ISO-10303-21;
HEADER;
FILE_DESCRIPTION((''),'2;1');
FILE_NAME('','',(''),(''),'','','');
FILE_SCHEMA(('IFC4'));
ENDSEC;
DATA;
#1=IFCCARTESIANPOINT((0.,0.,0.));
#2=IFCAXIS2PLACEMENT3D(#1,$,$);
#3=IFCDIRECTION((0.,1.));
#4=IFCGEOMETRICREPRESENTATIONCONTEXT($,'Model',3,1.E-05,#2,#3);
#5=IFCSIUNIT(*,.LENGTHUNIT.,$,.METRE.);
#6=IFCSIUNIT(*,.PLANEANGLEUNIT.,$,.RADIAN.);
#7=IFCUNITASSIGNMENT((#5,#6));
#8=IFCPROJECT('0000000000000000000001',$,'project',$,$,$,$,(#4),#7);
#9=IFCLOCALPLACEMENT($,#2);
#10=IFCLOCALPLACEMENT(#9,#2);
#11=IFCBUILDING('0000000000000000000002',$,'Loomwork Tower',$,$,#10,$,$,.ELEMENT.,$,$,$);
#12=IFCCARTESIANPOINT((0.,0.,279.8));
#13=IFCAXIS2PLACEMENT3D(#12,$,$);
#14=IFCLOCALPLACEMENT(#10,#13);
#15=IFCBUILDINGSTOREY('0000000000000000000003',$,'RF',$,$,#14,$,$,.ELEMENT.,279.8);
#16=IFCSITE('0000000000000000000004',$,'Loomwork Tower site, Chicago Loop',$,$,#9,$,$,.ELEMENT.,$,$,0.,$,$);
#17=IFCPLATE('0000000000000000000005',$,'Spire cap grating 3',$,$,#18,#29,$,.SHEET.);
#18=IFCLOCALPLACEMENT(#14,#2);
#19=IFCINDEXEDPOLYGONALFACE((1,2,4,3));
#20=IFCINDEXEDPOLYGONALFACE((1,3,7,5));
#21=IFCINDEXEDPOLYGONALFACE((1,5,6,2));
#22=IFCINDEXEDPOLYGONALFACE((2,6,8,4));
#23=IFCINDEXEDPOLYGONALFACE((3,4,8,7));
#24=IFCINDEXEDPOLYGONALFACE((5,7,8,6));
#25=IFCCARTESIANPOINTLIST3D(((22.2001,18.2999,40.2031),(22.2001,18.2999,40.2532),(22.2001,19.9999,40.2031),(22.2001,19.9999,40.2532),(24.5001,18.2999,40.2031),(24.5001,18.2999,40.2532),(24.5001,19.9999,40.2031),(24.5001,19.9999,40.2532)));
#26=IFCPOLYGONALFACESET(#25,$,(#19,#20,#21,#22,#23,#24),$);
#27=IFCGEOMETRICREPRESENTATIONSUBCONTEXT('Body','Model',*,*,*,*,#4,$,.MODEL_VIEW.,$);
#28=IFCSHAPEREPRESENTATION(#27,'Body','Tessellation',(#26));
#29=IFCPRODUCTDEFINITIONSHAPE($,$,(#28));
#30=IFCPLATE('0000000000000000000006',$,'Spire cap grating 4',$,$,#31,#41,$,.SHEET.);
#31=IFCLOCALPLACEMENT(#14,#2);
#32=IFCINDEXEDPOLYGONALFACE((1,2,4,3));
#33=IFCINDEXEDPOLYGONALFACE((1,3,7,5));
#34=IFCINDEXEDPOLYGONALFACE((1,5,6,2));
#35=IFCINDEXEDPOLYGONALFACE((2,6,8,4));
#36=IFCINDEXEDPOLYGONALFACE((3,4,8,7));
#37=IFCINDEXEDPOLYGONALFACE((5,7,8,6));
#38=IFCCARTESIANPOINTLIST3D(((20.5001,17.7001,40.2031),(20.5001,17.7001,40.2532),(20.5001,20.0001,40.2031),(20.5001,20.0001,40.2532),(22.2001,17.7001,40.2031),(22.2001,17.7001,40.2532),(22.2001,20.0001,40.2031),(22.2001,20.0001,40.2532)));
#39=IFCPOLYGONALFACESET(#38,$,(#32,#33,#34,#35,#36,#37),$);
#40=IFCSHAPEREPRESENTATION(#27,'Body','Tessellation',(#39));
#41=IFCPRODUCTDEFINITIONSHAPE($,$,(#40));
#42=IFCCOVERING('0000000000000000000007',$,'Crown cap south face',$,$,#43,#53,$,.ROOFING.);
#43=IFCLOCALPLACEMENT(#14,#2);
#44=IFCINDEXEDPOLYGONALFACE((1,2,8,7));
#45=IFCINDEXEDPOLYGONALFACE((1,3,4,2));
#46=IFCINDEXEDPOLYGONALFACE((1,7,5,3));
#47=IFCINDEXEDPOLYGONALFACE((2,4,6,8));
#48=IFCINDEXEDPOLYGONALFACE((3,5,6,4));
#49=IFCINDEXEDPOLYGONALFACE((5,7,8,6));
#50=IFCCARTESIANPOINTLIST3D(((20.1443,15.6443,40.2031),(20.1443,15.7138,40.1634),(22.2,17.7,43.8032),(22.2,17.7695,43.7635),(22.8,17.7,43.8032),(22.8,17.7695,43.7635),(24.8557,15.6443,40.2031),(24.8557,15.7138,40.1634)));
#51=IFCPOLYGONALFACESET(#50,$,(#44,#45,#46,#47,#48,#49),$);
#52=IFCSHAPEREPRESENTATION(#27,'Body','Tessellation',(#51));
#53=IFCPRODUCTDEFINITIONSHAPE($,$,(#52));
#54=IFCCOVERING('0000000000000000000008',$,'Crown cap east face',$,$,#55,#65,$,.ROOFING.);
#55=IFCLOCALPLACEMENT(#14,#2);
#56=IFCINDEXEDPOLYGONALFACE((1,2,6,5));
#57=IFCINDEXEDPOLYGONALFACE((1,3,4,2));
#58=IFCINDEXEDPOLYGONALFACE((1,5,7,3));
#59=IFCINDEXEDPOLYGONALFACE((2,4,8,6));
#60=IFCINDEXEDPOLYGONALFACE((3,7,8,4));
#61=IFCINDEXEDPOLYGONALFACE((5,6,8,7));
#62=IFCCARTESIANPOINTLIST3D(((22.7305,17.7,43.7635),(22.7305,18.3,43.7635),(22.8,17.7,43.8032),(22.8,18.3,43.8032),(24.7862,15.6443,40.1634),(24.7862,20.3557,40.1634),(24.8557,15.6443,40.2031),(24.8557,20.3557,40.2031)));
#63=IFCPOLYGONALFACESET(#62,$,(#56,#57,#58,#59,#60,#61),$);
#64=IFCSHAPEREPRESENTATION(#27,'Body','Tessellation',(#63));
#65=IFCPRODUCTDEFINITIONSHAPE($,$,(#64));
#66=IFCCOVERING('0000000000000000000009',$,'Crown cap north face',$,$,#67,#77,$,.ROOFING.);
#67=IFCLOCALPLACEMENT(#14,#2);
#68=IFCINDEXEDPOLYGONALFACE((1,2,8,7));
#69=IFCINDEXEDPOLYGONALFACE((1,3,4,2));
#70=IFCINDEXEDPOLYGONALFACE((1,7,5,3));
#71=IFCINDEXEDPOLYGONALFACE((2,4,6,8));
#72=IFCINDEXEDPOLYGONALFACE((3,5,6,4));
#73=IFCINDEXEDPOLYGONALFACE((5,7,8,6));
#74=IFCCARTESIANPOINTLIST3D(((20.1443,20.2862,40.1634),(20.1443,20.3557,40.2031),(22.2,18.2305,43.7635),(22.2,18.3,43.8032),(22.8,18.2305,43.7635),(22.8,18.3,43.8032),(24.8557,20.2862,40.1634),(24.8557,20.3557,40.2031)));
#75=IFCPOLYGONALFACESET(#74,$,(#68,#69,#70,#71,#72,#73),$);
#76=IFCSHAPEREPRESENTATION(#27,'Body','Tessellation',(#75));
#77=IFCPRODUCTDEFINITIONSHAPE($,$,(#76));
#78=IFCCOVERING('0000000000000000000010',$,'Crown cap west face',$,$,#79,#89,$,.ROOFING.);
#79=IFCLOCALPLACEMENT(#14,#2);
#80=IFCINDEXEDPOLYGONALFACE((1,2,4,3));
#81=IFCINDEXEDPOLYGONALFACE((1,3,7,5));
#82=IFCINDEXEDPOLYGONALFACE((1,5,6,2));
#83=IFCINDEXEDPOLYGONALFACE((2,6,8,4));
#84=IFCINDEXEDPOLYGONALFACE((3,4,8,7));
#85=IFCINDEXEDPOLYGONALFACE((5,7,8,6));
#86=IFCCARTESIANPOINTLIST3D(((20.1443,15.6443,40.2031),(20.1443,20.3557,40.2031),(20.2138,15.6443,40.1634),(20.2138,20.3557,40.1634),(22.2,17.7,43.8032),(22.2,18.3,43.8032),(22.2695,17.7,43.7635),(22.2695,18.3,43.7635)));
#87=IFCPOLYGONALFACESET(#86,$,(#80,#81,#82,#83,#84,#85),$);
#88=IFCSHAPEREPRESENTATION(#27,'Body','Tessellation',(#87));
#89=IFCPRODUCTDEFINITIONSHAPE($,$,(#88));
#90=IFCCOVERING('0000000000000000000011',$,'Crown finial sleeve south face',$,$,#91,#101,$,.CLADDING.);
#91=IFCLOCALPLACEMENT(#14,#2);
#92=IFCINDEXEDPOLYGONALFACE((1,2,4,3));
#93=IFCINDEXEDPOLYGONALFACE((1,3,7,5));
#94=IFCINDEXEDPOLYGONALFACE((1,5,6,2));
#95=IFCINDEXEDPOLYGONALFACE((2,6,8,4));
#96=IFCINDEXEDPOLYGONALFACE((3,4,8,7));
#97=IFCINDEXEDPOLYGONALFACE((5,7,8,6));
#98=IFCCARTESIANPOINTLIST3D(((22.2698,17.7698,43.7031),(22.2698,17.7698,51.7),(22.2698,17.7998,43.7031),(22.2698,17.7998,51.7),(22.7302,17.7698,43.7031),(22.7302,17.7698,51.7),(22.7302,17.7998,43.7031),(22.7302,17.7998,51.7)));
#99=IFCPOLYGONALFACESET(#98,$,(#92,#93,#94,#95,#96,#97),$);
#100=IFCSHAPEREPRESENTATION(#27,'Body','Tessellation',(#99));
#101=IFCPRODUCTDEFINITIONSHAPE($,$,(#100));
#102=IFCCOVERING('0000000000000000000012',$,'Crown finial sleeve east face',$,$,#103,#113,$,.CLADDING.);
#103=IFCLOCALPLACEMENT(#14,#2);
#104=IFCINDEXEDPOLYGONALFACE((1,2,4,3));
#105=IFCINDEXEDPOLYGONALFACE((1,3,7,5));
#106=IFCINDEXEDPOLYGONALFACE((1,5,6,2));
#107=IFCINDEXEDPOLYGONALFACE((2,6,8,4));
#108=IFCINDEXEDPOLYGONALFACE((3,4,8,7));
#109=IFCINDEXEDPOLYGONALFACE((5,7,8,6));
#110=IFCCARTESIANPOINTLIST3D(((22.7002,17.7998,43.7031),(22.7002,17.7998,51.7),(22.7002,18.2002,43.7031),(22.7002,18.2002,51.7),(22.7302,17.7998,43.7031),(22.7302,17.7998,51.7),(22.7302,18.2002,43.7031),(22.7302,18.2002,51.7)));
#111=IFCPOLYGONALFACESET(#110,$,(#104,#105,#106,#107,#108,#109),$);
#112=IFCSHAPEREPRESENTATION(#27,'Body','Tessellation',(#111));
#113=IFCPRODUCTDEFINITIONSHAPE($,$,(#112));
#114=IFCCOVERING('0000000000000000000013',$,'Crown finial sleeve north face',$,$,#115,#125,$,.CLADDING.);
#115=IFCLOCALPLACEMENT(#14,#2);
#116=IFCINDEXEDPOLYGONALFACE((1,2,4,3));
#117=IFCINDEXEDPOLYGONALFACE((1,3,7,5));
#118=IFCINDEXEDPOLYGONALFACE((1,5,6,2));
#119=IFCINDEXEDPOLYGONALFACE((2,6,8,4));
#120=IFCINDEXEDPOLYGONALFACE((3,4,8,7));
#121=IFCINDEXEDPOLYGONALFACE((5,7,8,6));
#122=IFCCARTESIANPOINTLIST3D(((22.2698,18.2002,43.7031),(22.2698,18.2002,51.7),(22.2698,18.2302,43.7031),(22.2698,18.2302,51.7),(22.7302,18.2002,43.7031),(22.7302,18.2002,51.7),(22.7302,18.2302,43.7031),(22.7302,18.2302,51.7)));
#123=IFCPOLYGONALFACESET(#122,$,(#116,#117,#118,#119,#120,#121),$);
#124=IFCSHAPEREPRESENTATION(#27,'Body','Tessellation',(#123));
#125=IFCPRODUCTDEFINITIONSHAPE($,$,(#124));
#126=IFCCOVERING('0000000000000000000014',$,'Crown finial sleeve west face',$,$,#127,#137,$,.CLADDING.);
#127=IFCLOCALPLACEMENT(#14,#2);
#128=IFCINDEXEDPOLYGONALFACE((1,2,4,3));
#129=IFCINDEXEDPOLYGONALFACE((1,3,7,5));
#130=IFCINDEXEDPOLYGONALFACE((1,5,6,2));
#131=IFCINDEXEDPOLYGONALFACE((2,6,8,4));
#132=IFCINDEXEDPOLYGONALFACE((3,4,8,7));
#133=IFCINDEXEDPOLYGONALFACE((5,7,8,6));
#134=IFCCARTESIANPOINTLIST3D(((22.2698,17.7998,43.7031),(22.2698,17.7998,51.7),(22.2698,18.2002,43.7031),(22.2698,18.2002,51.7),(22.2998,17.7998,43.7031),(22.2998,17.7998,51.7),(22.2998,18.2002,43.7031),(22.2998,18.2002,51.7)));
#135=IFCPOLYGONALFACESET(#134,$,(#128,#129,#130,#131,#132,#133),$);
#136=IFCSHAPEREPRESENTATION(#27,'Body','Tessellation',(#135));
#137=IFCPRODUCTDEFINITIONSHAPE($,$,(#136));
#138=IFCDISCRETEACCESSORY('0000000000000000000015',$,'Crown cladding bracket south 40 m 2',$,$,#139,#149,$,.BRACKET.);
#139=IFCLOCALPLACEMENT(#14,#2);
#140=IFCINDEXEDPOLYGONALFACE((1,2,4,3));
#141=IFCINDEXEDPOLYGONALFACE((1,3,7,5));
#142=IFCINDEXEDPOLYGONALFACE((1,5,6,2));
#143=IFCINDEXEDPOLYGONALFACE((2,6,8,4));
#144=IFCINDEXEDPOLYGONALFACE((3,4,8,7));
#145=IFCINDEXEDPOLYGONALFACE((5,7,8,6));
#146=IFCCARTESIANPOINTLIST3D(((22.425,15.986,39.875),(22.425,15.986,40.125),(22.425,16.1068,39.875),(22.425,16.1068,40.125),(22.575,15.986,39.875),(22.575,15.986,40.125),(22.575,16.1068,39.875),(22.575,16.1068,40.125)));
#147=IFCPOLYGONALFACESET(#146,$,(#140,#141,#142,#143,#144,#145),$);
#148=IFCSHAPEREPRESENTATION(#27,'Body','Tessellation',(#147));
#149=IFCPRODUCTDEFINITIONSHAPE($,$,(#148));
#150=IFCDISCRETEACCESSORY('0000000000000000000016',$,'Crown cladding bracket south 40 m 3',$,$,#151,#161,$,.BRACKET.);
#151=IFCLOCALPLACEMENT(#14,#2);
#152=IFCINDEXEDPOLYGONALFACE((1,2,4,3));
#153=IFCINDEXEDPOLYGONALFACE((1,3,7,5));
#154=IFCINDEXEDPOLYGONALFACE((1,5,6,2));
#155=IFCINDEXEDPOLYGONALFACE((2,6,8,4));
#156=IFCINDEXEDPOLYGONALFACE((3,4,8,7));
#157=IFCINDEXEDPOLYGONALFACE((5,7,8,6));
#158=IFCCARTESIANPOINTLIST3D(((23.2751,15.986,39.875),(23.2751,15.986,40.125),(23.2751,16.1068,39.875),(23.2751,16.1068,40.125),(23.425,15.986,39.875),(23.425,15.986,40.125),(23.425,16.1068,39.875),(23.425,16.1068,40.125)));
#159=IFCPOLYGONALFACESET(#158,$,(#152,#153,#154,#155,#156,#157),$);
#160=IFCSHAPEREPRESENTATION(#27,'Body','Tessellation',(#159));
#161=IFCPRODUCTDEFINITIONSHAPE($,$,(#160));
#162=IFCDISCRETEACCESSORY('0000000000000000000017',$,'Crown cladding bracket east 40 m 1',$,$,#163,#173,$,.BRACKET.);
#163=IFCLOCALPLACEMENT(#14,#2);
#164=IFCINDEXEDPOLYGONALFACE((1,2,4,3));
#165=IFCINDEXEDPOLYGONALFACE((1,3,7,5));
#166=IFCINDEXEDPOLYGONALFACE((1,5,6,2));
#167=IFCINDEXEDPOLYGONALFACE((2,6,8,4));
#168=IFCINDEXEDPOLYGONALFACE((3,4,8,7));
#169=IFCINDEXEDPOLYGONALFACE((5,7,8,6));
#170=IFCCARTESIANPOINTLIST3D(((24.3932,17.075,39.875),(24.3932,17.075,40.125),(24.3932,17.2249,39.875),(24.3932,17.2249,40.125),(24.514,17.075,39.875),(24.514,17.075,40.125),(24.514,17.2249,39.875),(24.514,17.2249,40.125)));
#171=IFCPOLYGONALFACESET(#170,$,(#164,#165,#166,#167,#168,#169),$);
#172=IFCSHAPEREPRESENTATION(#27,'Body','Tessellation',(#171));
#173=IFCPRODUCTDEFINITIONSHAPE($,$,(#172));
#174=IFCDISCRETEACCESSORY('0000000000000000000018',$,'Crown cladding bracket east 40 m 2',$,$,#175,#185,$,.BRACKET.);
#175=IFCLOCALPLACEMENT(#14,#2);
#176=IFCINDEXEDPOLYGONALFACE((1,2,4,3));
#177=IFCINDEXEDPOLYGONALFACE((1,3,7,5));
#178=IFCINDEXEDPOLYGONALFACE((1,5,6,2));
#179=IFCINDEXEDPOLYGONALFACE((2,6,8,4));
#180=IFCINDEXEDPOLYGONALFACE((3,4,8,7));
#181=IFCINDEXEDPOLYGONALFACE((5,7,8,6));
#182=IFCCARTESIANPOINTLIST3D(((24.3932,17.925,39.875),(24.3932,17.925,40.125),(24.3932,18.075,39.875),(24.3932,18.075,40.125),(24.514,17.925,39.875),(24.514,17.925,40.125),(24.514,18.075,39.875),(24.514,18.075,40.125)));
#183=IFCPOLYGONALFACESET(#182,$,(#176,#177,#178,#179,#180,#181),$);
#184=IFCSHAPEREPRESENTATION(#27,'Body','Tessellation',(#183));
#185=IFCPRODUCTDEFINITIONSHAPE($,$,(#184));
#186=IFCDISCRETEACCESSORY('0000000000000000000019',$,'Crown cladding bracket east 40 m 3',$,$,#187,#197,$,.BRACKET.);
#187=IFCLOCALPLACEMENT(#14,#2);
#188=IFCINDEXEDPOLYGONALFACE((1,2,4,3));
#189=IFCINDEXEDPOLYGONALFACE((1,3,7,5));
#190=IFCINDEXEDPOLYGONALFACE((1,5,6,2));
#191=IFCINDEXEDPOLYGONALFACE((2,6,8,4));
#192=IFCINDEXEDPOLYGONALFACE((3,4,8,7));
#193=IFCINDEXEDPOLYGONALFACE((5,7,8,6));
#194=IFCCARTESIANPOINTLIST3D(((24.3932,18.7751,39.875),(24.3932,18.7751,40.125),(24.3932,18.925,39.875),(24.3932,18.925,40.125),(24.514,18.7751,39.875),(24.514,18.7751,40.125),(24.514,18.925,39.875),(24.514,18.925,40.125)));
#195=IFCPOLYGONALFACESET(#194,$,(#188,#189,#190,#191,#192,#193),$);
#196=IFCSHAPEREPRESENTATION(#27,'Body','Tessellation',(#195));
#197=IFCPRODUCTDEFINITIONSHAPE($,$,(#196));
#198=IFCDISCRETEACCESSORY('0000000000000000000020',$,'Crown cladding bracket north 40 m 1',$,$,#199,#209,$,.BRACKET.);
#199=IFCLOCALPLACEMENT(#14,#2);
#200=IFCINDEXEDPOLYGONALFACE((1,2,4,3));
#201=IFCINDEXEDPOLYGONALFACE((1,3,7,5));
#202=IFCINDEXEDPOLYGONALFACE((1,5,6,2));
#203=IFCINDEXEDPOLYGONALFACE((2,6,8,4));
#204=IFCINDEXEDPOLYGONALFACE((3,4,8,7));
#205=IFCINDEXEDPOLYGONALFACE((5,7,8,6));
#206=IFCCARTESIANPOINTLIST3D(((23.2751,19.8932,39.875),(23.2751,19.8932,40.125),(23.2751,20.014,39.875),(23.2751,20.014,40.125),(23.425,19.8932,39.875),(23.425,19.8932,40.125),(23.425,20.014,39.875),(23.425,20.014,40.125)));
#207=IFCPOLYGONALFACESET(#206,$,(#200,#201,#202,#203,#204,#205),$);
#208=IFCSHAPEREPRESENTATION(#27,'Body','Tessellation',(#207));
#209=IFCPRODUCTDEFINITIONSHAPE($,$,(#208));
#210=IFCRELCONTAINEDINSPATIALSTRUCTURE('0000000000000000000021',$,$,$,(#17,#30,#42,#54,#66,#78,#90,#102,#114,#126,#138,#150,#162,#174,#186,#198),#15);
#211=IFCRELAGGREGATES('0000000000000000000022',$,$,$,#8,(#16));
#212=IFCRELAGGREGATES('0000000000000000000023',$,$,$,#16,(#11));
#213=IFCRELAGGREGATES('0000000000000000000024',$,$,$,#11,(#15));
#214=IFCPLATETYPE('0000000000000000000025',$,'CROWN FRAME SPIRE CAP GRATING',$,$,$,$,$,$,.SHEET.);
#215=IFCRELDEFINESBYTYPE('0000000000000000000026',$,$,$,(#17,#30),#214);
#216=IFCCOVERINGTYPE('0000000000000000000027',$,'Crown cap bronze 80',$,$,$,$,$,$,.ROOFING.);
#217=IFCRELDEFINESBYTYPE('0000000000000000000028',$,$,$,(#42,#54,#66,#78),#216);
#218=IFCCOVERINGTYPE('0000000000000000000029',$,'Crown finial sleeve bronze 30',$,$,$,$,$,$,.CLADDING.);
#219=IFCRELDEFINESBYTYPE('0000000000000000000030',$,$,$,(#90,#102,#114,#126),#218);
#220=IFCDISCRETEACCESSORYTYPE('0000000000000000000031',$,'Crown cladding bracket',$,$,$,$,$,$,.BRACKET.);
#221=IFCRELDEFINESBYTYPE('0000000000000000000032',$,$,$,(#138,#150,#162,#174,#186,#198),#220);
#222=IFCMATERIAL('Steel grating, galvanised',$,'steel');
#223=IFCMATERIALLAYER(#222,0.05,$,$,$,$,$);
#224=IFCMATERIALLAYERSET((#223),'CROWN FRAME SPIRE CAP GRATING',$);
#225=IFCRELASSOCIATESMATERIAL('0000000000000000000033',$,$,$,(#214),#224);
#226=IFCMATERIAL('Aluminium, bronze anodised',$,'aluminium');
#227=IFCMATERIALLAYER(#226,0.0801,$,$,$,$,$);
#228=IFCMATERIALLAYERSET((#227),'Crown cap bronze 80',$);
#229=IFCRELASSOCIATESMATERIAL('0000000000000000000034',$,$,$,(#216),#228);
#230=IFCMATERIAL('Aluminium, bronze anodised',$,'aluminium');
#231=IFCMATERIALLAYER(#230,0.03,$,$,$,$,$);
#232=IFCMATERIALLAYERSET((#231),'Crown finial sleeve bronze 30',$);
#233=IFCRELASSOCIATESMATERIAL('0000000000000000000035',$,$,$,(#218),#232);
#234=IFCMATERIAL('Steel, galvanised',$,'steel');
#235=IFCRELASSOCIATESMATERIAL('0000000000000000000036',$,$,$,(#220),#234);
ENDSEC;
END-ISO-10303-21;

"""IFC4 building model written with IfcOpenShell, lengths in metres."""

from ifc_helpers import new_model, si_unit, direction, frame, origin, origin_2d, place, context, subcontext, project, spatial, polyline, rectangle, outline, extrude, material, layer, layer_set, type_object, element, save


model = new_model("IFC4")

# Units and contexts
model_context = context("Model", 3, precision=1e-05, world=origin(), true_north=direction((0.0, 1.0)))
body_context = subcontext(model_context, "Body", "Model", "MODEL_VIEW")
ifc_project = project(units=[si_unit("LENGTHUNIT", "METRE"), si_unit("PLANEANGLEUNIT", "RADIAN")], contexts=[model_context])

# Site, building, storey
site_placement = place(None, origin())
site = spatial("IfcSite", under=ifc_project, at=site_placement, Name="Loomwork Tower site, Chicago Loop", CompositionType="ELEMENT", RefElevation=0.0)
building_placement = place(site_placement, origin())
building = spatial("IfcBuilding", under=site, at=building_placement, Name="Loomwork Tower", CompositionType="ELEMENT")
storey_placement = place(building_placement, frame((0.0, 0.0, 279.8)))
storey = spatial("IfcBuildingStorey", under=building, at=storey_placement, Name="RF", CompositionType="ELEMENT", Elevation=279.8)

# Plates
ifc_material_1 = material(Name="Steel grating, galvanised", Category="steel")
ifc_layer_1 = layer(ifc_material_1, 0.05)
ifc_layer_set_1 = layer_set([ifc_layer_1], Name="CROWN FRAME SPIRE CAP GRATING")
plate_type = type_object("IfcPlateType", Name="CROWN FRAME SPIRE CAP GRATING", PredefinedType="SHEET", material=ifc_layer_set_1)
plate_1_placement = place(storey_placement, frame((23.3501, 19.1499, 40.2031), z_axis=(0.0, 0.0, 1.0), x_axis=(1.0, 0.0, 0.0)))
element("IfcPlate", 1, at=plate_1_placement, inside=storey, type_object=plate_type, Name="Spire cap grating 3", PredefinedType="SHEET", context=body_context, shape_type="SweptSolid", body=[
    extrude(rectangle(XDim=2.3, YDim=1.7, at=origin_2d()), origin(), (0.0, 0.0, 1.0), 0.05),
])
plate_2_placement = place(storey_placement, frame((21.3501, 18.8501, 40.2031), z_axis=(0.0, 0.0, 1.0), x_axis=(1.0, 0.0, 0.0)))
element("IfcPlate", 2, at=plate_2_placement, inside=storey, type_object=plate_type, Name="Spire cap grating 4", PredefinedType="SHEET", context=body_context, shape_type="SweptSolid", body=[
    extrude(rectangle(XDim=1.7, YDim=2.3, at=origin_2d()), origin(), (0.0, 0.0, 1.0), 0.05),
])

# Coverings
ifc_material_2 = material(Name="Aluminium, bronze anodised", Category="aluminium")
ifc_layer_2 = layer(ifc_material_2, 0.0801)
ifc_layer_set_2 = layer_set([ifc_layer_2], Name="Crown cap bronze 80")
covering_type_1 = type_object("IfcCoveringType", Name="Crown cap bronze 80", PredefinedType="ROOFING", material=ifc_layer_set_2)
for number, where, z_axis, x_axis, name in (
    (3, (20.1443, 15.6443, 40.2031), (0.0, -0.868403, 0.49586), (1.0, 0.0, 0.0), "Crown cap south face"),
    (4, (24.8557, 15.6443, 40.2031), (0.868403, 0.0, 0.49586), (0.0, 1.0, 0.0), "Crown cap east face"),
    (5, (24.8557, 20.3557, 40.2031), (0.0, 0.868403, 0.49586), (-1.0, 0.0, 0.0), "Crown cap north face"),
    (6, (20.1443, 20.3557, 40.2031), (-0.868403, 0.0, 0.49586), (0.0, -1.0, 0.0), "Crown cap west face"),
):
    element("IfcCovering", number, at=place(storey_placement, frame(where, z_axis=z_axis, x_axis=x_axis)), inside=storey, type_object=covering_type_1, Name=name, PredefinedType="ROOFING", context=body_context, shape_type="SweptSolid", body=[
        extrude(outline(polyline([(0.0, 0.0), (4.7114, 0.0), (2.6558, 4.1457), (2.0557, 4.1457), (0.0, 0.0)])), origin(), (0.0, 0.0, -1.0), 0.0801),
    ])
ifc_material_3 = material(Name="Aluminium, bronze anodised", Category="aluminium")
ifc_layer_3 = layer(ifc_material_3, 0.03)
ifc_layer_set_3 = layer_set([ifc_layer_3], Name="Crown finial sleeve bronze 30")
covering_type_2 = type_object("IfcCoveringType", Name="Crown finial sleeve bronze 30", PredefinedType="CLADDING", material=ifc_layer_set_3)
covering_1_placement = place(storey_placement, frame((22.2698, 17.7698, 43.7031), z_axis=(0.0, -1.0, 0.0), x_axis=(1.0, 0.0, 0.0)))
element("IfcCovering", 7, at=covering_1_placement, inside=storey, type_object=covering_type_2, Name="Crown finial sleeve south face", PredefinedType="CLADDING", context=body_context, shape_type="SweptSolid", body=[
    extrude(outline(polyline([(0.0, 0.0), (0.4604, 0.0), (0.4604, 7.9968), (0.0, 7.9968), (0.0, 0.0)])), origin(), (0.0, 0.0, -1.0), 0.03),
])
covering_2_placement = place(storey_placement, frame((22.7302, 17.7998, 43.7031), z_axis=(1.0, 0.0, 0.0), x_axis=(0.0, 1.0, 0.0)))
element("IfcCovering", 8, at=covering_2_placement, inside=storey, type_object=covering_type_2, Name="Crown finial sleeve east face", PredefinedType="CLADDING", context=body_context, shape_type="SweptSolid", body=[
    extrude(outline(polyline([(0.0, 0.0), (0.4004, 0.0), (0.4004, 7.9968), (0.0, 7.9968), (0.0, 0.0)])), origin(), (0.0, 0.0, -1.0), 0.03),
])
covering_3_placement = place(storey_placement, frame((22.7302, 18.2302, 43.7031), z_axis=(0.0, 1.0, 0.0), x_axis=(-1.0, 0.0, 0.0)))
element("IfcCovering", 9, at=covering_3_placement, inside=storey, type_object=covering_type_2, Name="Crown finial sleeve north face", PredefinedType="CLADDING", context=body_context, shape_type="SweptSolid", body=[
    extrude(outline(polyline([(0.0, 0.0), (0.4604, 0.0), (0.4604, 7.9968), (0.0, 7.9968), (0.0, 0.0)])), origin(), (0.0, 0.0, -1.0), 0.03),
])
covering_4_placement = place(storey_placement, frame((22.2698, 18.2002, 43.7031), z_axis=(-1.0, 0.0, 0.0), x_axis=(0.0, -1.0, 0.0)))
element("IfcCovering", 10, at=covering_4_placement, inside=storey, type_object=covering_type_2, Name="Crown finial sleeve west face", PredefinedType="CLADDING", context=body_context, shape_type="SweptSolid", body=[
    extrude(outline(polyline([(0.0, 0.0), (0.4004, 0.0), (0.4004, 7.9968), (0.0, 7.9968), (0.0, 0.0)])), origin(), (0.0, 0.0, -1.0), 0.03),
])

# Discrete accessories
ifc_material_4 = material(Name="Steel, galvanised", Category="steel")
discrete_accessory_type_1 = type_object("IfcDiscreteAccessoryType", Name="Crown cladding bracket", PredefinedType="BRACKET", material=ifc_material_4)
for number, where, z_axis, x_axis, name in (
    (11, (22.5, 16.0464, 39.875), (0.0, 0.0, 1.0), (1.0, 0.0, 0.0), "Crown cladding bracket south 40 m 2"),
    (12, (23.3501, 16.0464, 39.875), (0.0, 0.0, 1.0), (1.0, 0.0, 0.0), "Crown cladding bracket south 40 m 3"),
):
    element("IfcDiscreteAccessory", number, at=place(storey_placement, frame(where, z_axis=z_axis, x_axis=x_axis)), inside=storey, type_object=discrete_accessory_type_1, Name=name, PredefinedType="BRACKET", context=body_context, shape_type="SweptSolid", body=[
        extrude(rectangle(XDim=0.1499, YDim=0.1208, at=origin_2d()), origin(), (0.0, 0.0, 1.0), 0.25),
    ])
for number, where, z_axis, x_axis, name in (
    (13, (24.4536, 17.1499, 39.875), (0.0, 0.0, 1.0), (1.0, 0.0, 0.0), "Crown cladding bracket east 40 m 1"),
    (14, (24.4536, 18.0, 39.875), (0.0, 0.0, 1.0), (1.0, 0.0, 0.0), "Crown cladding bracket east 40 m 2"),
    (15, (24.4536, 18.8501, 39.875), (0.0, 0.0, 1.0), (1.0, 0.0, 0.0), "Crown cladding bracket east 40 m 3"),
):
    element("IfcDiscreteAccessory", number, at=place(storey_placement, frame(where, z_axis=z_axis, x_axis=x_axis)), inside=storey, type_object=discrete_accessory_type_1, Name=name, PredefinedType="BRACKET", context=body_context, shape_type="SweptSolid", body=[
        extrude(rectangle(XDim=0.1208, YDim=0.1499, at=origin_2d()), origin(), (0.0, 0.0, 1.0), 0.25),
    ])
for number, where, z_axis, x_axis, name in (
    (16, (23.3501, 19.9536, 39.875), (0.0, 0.0, 1.0), (1.0, 0.0, 0.0), "Crown cladding bracket north 40 m 1"),
):
    element("IfcDiscreteAccessory", number, at=place(storey_placement, frame(where, z_axis=z_axis, x_axis=x_axis)), inside=storey, type_object=discrete_accessory_type_1, Name=name, PredefinedType="BRACKET", context=body_context, shape_type="SweptSolid", body=[
        extrude(rectangle(XDim=0.1499, YDim=0.1208, at=origin_2d()), origin(), (0.0, 0.0, 1.0), 0.25),
    ])

save(model, "model.ifc")
